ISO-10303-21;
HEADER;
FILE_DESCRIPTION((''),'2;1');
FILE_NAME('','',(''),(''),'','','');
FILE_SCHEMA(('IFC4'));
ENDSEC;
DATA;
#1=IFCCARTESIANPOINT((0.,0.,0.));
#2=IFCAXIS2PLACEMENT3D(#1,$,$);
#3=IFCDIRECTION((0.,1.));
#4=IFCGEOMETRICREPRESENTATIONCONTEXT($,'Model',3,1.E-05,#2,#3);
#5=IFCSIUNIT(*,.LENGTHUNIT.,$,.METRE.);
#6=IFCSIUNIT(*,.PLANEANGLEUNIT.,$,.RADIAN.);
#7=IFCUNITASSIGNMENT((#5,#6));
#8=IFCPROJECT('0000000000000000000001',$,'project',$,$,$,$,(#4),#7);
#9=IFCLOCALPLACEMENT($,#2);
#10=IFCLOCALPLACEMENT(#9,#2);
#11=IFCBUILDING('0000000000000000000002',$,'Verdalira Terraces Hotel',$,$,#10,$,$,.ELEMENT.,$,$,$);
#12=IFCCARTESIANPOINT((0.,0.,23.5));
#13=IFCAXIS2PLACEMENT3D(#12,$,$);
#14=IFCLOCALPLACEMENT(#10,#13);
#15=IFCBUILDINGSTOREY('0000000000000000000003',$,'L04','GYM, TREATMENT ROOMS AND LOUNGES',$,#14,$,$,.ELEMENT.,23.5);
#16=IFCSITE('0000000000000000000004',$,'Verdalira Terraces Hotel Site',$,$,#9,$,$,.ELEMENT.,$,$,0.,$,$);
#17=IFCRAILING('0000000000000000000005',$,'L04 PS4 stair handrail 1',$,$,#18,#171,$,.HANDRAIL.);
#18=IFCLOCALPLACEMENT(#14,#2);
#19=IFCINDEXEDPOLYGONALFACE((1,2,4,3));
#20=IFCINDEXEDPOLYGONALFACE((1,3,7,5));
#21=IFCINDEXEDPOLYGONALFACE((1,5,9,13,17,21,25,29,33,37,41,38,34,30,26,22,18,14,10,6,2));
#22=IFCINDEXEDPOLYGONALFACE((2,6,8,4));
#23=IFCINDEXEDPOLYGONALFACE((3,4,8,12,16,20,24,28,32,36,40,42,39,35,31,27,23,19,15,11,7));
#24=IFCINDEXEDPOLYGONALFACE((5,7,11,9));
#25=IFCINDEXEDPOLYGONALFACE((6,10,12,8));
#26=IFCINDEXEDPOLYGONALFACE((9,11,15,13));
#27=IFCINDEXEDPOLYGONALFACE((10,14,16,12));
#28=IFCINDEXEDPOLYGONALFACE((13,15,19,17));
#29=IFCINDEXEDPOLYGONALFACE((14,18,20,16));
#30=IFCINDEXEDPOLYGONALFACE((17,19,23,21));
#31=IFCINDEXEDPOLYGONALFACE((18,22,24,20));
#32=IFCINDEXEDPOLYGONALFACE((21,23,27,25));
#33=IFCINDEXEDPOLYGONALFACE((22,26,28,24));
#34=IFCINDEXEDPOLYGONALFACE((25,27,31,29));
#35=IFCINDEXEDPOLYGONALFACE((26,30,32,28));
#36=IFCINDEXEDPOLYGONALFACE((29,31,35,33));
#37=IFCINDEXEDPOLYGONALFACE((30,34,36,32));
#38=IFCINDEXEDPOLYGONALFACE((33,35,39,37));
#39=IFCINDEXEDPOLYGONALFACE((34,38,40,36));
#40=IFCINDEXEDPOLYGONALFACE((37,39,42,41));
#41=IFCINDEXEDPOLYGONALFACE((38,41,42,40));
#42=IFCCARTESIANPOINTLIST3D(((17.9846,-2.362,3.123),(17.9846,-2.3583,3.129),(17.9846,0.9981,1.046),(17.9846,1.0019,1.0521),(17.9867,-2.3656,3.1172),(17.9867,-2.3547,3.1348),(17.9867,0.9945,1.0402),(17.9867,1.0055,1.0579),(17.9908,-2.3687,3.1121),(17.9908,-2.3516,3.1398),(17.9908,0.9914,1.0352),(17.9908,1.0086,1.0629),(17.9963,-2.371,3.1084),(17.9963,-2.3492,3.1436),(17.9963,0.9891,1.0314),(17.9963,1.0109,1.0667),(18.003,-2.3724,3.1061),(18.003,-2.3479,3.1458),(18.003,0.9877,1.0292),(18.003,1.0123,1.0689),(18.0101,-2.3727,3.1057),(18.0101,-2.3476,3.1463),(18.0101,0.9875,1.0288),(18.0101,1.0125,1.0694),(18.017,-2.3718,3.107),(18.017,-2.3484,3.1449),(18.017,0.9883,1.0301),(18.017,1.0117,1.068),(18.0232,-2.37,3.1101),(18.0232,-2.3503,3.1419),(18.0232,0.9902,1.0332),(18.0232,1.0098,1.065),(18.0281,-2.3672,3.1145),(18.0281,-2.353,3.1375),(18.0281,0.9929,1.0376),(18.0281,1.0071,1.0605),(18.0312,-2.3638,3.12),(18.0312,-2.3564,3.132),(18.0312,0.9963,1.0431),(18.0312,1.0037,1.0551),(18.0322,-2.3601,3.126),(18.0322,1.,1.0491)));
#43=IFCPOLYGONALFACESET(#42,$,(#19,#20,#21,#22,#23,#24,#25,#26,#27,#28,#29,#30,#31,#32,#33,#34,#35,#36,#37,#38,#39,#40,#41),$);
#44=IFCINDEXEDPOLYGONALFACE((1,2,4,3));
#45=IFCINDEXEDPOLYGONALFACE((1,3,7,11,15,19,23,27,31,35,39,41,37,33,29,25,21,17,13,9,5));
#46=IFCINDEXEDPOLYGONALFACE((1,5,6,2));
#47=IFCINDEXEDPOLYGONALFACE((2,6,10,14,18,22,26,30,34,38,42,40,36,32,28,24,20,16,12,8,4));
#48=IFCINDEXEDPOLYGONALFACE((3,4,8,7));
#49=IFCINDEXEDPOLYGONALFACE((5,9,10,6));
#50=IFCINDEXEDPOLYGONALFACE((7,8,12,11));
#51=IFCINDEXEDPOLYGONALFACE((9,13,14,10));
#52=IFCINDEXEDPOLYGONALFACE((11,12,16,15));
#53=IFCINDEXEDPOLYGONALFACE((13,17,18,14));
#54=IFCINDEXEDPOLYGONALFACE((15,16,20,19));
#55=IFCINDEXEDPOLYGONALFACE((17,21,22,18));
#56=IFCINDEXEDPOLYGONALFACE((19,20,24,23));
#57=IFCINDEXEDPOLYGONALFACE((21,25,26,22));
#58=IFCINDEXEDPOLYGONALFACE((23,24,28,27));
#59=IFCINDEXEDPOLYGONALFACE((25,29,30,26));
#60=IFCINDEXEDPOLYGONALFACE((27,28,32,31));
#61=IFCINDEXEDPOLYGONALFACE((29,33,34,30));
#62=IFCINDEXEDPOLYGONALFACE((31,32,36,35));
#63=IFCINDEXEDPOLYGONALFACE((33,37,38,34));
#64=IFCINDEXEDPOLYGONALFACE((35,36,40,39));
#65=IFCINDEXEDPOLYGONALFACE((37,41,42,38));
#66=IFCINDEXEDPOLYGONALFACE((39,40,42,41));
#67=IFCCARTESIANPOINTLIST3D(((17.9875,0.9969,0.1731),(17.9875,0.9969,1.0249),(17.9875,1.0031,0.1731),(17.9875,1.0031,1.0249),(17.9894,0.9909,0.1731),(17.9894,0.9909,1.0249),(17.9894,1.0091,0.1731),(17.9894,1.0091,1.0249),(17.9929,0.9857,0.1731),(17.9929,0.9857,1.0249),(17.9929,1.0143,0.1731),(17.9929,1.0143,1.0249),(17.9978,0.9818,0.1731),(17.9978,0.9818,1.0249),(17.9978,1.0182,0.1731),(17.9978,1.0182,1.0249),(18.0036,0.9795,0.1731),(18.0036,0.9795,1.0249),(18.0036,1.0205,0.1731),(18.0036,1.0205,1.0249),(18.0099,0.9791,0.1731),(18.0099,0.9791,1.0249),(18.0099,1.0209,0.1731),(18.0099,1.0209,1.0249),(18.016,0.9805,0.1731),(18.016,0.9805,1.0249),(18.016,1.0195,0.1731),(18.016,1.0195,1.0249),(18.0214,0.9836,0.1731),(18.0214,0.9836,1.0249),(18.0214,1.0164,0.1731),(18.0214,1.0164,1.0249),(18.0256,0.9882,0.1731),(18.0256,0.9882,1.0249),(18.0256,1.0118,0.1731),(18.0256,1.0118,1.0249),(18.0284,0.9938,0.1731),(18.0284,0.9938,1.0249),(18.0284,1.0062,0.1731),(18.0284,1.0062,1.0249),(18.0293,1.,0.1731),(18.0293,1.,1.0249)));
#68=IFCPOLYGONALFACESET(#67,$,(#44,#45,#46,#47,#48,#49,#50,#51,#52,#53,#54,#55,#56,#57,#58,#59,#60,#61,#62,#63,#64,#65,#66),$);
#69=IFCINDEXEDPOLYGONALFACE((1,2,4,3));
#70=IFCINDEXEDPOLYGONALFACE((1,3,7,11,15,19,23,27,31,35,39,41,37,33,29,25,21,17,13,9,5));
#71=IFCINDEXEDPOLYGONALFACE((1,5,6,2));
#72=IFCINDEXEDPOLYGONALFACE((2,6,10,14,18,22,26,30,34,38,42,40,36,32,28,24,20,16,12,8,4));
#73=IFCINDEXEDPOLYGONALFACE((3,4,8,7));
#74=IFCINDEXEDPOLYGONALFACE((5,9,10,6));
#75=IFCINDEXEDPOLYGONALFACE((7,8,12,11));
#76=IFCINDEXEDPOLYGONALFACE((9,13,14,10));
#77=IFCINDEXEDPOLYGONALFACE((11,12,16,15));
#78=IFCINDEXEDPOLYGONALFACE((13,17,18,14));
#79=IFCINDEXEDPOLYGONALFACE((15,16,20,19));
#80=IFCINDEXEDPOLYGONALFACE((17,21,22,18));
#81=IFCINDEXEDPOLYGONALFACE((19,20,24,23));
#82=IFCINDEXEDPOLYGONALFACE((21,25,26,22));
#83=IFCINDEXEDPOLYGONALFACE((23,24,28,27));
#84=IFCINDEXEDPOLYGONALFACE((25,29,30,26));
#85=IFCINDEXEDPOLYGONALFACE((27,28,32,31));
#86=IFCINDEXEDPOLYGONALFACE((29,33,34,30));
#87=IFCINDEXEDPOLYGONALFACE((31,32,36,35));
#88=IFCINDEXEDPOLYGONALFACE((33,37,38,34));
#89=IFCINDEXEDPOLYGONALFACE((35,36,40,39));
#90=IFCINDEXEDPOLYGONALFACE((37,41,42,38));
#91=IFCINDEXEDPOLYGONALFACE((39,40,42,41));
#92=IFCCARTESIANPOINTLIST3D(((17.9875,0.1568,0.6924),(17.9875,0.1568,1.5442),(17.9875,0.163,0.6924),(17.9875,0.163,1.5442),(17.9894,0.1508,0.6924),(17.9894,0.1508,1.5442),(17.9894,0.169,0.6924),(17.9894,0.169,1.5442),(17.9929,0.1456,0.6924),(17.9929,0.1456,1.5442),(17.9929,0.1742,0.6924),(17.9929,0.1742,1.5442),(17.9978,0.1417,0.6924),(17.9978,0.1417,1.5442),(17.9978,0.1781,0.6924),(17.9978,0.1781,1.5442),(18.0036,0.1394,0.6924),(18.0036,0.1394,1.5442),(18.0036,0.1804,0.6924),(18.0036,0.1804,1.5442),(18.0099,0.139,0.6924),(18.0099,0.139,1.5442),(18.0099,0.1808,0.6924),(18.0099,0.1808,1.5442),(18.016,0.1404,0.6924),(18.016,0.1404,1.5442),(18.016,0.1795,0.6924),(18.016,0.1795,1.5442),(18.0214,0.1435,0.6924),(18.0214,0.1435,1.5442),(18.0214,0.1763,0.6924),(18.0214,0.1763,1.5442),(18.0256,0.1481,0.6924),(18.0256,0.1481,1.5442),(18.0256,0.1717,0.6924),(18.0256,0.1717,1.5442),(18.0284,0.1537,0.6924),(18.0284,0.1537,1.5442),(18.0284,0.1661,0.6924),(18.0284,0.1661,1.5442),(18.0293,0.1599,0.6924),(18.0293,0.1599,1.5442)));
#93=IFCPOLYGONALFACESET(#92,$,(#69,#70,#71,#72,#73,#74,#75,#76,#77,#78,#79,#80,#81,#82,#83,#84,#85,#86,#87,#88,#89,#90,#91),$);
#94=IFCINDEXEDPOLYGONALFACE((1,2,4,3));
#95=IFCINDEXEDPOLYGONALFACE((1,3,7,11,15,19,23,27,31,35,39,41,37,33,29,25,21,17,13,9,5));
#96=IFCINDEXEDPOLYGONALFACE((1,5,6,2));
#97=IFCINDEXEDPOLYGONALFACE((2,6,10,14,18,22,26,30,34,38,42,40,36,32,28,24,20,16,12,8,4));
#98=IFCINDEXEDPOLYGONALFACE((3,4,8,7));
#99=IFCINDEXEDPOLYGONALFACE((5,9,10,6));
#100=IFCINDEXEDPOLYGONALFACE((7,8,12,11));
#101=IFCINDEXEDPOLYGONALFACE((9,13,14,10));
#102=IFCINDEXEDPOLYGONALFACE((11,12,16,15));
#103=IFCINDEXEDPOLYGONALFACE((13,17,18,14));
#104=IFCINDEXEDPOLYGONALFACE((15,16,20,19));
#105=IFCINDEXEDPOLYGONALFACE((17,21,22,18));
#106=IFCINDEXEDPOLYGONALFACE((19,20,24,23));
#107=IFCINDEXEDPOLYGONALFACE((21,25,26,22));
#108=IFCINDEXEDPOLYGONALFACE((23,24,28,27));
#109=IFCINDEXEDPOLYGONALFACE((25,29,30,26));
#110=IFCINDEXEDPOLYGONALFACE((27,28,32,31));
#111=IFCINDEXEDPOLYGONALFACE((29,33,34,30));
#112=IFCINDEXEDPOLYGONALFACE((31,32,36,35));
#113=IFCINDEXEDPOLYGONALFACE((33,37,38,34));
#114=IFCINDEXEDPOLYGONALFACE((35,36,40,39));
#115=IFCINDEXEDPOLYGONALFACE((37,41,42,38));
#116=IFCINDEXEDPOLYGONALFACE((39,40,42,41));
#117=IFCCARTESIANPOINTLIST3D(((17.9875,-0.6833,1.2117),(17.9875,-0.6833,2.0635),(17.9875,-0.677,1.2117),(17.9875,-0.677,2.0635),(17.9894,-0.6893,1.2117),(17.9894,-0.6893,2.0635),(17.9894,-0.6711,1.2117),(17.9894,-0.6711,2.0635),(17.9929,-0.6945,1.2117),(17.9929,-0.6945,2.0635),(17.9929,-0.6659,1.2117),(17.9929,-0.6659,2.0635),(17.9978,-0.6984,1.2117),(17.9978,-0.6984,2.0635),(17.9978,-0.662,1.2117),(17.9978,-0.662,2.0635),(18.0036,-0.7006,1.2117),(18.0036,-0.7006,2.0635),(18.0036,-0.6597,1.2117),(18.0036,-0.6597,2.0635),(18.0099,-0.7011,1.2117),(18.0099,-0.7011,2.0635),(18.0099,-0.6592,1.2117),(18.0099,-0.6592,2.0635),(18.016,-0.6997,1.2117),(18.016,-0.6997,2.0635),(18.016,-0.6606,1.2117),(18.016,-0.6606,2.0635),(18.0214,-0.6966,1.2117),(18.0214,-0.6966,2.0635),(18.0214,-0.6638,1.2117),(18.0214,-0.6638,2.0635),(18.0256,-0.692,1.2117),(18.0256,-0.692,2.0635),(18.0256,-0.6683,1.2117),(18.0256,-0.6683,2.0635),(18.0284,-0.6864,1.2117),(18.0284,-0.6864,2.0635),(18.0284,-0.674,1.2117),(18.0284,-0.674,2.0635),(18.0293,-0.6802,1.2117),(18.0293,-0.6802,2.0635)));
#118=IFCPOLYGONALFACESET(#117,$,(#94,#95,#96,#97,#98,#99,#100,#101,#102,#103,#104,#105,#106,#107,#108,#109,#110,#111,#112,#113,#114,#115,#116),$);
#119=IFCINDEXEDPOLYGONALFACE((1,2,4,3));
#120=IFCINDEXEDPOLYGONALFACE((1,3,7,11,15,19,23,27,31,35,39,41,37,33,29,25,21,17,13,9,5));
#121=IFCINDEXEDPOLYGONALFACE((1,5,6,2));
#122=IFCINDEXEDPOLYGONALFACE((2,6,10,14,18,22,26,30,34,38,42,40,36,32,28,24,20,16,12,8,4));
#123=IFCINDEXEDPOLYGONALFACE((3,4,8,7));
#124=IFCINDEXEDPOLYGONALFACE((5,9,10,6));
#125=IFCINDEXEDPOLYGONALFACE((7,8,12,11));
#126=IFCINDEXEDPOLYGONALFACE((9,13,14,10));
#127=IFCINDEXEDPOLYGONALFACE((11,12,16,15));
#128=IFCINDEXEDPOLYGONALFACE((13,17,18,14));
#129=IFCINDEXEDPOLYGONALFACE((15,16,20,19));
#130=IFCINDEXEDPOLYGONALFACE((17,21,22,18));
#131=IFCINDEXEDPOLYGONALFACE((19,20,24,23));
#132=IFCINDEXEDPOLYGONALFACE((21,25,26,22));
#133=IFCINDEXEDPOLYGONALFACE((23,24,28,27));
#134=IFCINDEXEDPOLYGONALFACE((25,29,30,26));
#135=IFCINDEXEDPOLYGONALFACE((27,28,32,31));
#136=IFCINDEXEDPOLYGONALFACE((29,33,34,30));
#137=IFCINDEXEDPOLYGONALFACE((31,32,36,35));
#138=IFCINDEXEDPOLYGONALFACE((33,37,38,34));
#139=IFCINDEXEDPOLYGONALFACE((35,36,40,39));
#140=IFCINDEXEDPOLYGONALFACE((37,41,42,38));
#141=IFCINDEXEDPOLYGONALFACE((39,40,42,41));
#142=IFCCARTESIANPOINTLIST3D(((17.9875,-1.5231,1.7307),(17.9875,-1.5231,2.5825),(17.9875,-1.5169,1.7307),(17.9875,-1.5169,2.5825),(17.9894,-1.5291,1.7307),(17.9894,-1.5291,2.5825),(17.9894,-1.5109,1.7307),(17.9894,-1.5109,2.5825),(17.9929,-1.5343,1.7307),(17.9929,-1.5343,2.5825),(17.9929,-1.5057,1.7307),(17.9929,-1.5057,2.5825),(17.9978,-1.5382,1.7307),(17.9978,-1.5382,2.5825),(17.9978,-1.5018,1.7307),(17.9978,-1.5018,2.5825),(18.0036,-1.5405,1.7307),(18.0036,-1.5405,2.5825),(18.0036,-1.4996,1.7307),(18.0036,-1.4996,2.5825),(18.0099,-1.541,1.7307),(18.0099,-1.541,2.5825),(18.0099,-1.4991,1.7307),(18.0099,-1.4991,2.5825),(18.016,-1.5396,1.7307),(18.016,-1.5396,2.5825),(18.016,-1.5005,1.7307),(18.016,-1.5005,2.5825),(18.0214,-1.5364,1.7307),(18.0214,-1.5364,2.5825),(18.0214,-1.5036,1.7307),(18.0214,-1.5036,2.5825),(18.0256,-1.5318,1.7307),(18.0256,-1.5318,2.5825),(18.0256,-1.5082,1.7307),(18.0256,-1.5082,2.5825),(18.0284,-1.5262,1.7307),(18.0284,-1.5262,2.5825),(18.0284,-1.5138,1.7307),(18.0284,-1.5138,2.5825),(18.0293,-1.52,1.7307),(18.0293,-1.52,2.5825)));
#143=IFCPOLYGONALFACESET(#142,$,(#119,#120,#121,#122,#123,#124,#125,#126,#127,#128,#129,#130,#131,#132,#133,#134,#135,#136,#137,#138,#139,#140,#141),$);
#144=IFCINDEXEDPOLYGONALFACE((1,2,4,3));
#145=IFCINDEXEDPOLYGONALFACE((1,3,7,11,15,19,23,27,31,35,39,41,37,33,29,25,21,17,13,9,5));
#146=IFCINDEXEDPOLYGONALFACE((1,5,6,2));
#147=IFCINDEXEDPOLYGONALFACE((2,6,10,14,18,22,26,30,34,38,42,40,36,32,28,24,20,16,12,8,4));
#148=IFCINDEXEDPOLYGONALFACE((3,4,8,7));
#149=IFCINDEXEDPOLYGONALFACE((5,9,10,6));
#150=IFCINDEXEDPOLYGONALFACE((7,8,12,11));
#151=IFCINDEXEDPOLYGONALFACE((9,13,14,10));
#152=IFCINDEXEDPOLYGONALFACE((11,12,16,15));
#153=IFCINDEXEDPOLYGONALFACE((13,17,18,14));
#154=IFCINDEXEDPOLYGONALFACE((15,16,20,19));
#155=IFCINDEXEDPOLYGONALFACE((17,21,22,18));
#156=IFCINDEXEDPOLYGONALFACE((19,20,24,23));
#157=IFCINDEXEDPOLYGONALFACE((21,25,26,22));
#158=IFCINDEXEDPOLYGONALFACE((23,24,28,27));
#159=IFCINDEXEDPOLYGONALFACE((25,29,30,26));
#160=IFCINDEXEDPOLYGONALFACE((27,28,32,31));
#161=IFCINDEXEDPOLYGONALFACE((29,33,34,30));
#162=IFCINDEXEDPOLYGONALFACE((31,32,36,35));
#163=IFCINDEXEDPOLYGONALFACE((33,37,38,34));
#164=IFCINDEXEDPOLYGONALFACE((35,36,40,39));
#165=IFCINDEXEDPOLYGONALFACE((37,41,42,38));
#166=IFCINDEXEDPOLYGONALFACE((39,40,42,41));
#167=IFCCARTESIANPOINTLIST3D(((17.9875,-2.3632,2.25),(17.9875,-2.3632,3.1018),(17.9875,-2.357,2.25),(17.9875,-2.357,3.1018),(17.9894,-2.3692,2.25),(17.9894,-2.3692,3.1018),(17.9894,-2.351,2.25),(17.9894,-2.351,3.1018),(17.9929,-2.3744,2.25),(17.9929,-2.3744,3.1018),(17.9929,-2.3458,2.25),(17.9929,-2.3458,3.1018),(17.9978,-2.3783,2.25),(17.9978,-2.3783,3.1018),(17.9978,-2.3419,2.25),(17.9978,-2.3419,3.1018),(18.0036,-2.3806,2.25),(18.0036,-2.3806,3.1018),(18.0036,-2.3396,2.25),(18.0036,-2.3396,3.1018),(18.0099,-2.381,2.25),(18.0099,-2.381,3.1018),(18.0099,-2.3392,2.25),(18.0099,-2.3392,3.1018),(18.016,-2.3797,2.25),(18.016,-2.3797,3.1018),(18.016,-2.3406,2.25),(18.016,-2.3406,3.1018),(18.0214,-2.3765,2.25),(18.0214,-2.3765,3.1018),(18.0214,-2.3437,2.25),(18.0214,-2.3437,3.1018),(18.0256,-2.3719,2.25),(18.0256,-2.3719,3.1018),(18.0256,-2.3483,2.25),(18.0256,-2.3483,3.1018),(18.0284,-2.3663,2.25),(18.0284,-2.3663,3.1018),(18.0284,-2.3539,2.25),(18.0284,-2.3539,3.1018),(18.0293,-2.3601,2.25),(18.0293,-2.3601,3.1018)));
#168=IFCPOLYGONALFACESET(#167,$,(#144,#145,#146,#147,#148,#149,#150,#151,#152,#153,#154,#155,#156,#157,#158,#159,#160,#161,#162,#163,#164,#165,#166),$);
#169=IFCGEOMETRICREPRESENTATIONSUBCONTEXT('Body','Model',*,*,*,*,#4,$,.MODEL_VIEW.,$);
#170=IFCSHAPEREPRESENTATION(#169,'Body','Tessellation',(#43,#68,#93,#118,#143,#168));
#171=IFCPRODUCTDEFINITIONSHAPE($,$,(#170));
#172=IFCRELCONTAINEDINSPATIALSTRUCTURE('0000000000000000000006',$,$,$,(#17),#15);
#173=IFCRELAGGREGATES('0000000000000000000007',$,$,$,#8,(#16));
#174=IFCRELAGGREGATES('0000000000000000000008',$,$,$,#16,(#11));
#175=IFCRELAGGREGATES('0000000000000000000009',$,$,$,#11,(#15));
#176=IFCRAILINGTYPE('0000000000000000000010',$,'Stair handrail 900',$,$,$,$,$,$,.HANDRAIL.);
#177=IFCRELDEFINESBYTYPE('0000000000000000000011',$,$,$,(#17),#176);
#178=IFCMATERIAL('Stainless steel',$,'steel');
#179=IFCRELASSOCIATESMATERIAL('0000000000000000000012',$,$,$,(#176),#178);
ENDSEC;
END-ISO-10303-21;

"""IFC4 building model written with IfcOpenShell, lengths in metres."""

from ifc_helpers import new_model, si_unit, direction, frame, origin, origin_2d, place, context, subcontext, project, spatial, circle, extrude, material, type_object, element, save


model = new_model("IFC4")

# Units and contexts
model_context = context("Model", 3, precision=1e-05, world=origin(), true_north=direction((0.0, 1.0)))
body_context = subcontext(model_context, "Body", "Model", "MODEL_VIEW")
ifc_project = project(units=[si_unit("LENGTHUNIT", "METRE"), si_unit("PLANEANGLEUNIT", "RADIAN")], contexts=[model_context])

# Site, building, storey
site_placement = place(None, origin())
site = spatial("IfcSite", under=ifc_project, at=site_placement, Name="Verdalira Terraces Hotel Site", CompositionType="ELEMENT", RefElevation=0.0)
building_placement = place(site_placement, origin())
building = spatial("IfcBuilding", under=site, at=building_placement, Name="Verdalira Terraces Hotel", CompositionType="ELEMENT")
storey_placement = place(building_placement, frame((0.0, 0.0, 23.5)))
storey = spatial("IfcBuildingStorey", under=building, at=storey_placement, Name="L04", Description="GYM, TREATMENT ROOMS AND LOUNGES", CompositionType="ELEMENT", Elevation=23.5)

# Railing
ifc_material_1 = material(Name="Stainless steel", Category="steel")
railing_type_1 = type_object("IfcRailingType", Name="Stair handrail 900", PredefinedType="HANDRAIL", material=ifc_material_1)
railing_1_placement = place(storey_placement, frame((18.0083, 1.0, 0.1731)))
element("IfcRailing", 1, at=railing_1_placement, inside=storey, type_object=railing_type_1, Name="L04 PS4 stair handrail 1", PredefinedType="HANDRAIL", context=body_context, shape_type="SweptSolid", body=[
    extrude(circle(Radius=0.0239, at=origin_2d()), frame((0.0, 0.0, 0.876), z_axis=(0.0, -0.850623, 0.525776), x_axis=(1.0, 0.0, 0.0)), (0.0, 0.0, 1.0), 3.9502),
    extrude(circle(Radius=0.021, at=origin_2d()), origin(), (0.0, 0.0, 1.0), 0.8518),
    extrude(circle(Radius=0.021, at=origin_2d()), frame((0.0, -0.8401, 0.5193)), (0.0, 0.0, 1.0), 0.8518),
    extrude(circle(Radius=0.021, at=origin_2d()), frame((0.0, -1.6802, 1.0386)), (0.0, 0.0, 1.0), 0.8518),
    extrude(circle(Radius=0.021, at=origin_2d()), frame((0.0, -2.52, 1.5576)), (0.0, 0.0, 1.0), 0.8518),
    extrude(circle(Radius=0.021, at=origin_2d()), frame((0.0, -3.3601, 2.0769)), (0.0, 0.0, 1.0), 0.8518),
])

save(model, "model.ifc")
